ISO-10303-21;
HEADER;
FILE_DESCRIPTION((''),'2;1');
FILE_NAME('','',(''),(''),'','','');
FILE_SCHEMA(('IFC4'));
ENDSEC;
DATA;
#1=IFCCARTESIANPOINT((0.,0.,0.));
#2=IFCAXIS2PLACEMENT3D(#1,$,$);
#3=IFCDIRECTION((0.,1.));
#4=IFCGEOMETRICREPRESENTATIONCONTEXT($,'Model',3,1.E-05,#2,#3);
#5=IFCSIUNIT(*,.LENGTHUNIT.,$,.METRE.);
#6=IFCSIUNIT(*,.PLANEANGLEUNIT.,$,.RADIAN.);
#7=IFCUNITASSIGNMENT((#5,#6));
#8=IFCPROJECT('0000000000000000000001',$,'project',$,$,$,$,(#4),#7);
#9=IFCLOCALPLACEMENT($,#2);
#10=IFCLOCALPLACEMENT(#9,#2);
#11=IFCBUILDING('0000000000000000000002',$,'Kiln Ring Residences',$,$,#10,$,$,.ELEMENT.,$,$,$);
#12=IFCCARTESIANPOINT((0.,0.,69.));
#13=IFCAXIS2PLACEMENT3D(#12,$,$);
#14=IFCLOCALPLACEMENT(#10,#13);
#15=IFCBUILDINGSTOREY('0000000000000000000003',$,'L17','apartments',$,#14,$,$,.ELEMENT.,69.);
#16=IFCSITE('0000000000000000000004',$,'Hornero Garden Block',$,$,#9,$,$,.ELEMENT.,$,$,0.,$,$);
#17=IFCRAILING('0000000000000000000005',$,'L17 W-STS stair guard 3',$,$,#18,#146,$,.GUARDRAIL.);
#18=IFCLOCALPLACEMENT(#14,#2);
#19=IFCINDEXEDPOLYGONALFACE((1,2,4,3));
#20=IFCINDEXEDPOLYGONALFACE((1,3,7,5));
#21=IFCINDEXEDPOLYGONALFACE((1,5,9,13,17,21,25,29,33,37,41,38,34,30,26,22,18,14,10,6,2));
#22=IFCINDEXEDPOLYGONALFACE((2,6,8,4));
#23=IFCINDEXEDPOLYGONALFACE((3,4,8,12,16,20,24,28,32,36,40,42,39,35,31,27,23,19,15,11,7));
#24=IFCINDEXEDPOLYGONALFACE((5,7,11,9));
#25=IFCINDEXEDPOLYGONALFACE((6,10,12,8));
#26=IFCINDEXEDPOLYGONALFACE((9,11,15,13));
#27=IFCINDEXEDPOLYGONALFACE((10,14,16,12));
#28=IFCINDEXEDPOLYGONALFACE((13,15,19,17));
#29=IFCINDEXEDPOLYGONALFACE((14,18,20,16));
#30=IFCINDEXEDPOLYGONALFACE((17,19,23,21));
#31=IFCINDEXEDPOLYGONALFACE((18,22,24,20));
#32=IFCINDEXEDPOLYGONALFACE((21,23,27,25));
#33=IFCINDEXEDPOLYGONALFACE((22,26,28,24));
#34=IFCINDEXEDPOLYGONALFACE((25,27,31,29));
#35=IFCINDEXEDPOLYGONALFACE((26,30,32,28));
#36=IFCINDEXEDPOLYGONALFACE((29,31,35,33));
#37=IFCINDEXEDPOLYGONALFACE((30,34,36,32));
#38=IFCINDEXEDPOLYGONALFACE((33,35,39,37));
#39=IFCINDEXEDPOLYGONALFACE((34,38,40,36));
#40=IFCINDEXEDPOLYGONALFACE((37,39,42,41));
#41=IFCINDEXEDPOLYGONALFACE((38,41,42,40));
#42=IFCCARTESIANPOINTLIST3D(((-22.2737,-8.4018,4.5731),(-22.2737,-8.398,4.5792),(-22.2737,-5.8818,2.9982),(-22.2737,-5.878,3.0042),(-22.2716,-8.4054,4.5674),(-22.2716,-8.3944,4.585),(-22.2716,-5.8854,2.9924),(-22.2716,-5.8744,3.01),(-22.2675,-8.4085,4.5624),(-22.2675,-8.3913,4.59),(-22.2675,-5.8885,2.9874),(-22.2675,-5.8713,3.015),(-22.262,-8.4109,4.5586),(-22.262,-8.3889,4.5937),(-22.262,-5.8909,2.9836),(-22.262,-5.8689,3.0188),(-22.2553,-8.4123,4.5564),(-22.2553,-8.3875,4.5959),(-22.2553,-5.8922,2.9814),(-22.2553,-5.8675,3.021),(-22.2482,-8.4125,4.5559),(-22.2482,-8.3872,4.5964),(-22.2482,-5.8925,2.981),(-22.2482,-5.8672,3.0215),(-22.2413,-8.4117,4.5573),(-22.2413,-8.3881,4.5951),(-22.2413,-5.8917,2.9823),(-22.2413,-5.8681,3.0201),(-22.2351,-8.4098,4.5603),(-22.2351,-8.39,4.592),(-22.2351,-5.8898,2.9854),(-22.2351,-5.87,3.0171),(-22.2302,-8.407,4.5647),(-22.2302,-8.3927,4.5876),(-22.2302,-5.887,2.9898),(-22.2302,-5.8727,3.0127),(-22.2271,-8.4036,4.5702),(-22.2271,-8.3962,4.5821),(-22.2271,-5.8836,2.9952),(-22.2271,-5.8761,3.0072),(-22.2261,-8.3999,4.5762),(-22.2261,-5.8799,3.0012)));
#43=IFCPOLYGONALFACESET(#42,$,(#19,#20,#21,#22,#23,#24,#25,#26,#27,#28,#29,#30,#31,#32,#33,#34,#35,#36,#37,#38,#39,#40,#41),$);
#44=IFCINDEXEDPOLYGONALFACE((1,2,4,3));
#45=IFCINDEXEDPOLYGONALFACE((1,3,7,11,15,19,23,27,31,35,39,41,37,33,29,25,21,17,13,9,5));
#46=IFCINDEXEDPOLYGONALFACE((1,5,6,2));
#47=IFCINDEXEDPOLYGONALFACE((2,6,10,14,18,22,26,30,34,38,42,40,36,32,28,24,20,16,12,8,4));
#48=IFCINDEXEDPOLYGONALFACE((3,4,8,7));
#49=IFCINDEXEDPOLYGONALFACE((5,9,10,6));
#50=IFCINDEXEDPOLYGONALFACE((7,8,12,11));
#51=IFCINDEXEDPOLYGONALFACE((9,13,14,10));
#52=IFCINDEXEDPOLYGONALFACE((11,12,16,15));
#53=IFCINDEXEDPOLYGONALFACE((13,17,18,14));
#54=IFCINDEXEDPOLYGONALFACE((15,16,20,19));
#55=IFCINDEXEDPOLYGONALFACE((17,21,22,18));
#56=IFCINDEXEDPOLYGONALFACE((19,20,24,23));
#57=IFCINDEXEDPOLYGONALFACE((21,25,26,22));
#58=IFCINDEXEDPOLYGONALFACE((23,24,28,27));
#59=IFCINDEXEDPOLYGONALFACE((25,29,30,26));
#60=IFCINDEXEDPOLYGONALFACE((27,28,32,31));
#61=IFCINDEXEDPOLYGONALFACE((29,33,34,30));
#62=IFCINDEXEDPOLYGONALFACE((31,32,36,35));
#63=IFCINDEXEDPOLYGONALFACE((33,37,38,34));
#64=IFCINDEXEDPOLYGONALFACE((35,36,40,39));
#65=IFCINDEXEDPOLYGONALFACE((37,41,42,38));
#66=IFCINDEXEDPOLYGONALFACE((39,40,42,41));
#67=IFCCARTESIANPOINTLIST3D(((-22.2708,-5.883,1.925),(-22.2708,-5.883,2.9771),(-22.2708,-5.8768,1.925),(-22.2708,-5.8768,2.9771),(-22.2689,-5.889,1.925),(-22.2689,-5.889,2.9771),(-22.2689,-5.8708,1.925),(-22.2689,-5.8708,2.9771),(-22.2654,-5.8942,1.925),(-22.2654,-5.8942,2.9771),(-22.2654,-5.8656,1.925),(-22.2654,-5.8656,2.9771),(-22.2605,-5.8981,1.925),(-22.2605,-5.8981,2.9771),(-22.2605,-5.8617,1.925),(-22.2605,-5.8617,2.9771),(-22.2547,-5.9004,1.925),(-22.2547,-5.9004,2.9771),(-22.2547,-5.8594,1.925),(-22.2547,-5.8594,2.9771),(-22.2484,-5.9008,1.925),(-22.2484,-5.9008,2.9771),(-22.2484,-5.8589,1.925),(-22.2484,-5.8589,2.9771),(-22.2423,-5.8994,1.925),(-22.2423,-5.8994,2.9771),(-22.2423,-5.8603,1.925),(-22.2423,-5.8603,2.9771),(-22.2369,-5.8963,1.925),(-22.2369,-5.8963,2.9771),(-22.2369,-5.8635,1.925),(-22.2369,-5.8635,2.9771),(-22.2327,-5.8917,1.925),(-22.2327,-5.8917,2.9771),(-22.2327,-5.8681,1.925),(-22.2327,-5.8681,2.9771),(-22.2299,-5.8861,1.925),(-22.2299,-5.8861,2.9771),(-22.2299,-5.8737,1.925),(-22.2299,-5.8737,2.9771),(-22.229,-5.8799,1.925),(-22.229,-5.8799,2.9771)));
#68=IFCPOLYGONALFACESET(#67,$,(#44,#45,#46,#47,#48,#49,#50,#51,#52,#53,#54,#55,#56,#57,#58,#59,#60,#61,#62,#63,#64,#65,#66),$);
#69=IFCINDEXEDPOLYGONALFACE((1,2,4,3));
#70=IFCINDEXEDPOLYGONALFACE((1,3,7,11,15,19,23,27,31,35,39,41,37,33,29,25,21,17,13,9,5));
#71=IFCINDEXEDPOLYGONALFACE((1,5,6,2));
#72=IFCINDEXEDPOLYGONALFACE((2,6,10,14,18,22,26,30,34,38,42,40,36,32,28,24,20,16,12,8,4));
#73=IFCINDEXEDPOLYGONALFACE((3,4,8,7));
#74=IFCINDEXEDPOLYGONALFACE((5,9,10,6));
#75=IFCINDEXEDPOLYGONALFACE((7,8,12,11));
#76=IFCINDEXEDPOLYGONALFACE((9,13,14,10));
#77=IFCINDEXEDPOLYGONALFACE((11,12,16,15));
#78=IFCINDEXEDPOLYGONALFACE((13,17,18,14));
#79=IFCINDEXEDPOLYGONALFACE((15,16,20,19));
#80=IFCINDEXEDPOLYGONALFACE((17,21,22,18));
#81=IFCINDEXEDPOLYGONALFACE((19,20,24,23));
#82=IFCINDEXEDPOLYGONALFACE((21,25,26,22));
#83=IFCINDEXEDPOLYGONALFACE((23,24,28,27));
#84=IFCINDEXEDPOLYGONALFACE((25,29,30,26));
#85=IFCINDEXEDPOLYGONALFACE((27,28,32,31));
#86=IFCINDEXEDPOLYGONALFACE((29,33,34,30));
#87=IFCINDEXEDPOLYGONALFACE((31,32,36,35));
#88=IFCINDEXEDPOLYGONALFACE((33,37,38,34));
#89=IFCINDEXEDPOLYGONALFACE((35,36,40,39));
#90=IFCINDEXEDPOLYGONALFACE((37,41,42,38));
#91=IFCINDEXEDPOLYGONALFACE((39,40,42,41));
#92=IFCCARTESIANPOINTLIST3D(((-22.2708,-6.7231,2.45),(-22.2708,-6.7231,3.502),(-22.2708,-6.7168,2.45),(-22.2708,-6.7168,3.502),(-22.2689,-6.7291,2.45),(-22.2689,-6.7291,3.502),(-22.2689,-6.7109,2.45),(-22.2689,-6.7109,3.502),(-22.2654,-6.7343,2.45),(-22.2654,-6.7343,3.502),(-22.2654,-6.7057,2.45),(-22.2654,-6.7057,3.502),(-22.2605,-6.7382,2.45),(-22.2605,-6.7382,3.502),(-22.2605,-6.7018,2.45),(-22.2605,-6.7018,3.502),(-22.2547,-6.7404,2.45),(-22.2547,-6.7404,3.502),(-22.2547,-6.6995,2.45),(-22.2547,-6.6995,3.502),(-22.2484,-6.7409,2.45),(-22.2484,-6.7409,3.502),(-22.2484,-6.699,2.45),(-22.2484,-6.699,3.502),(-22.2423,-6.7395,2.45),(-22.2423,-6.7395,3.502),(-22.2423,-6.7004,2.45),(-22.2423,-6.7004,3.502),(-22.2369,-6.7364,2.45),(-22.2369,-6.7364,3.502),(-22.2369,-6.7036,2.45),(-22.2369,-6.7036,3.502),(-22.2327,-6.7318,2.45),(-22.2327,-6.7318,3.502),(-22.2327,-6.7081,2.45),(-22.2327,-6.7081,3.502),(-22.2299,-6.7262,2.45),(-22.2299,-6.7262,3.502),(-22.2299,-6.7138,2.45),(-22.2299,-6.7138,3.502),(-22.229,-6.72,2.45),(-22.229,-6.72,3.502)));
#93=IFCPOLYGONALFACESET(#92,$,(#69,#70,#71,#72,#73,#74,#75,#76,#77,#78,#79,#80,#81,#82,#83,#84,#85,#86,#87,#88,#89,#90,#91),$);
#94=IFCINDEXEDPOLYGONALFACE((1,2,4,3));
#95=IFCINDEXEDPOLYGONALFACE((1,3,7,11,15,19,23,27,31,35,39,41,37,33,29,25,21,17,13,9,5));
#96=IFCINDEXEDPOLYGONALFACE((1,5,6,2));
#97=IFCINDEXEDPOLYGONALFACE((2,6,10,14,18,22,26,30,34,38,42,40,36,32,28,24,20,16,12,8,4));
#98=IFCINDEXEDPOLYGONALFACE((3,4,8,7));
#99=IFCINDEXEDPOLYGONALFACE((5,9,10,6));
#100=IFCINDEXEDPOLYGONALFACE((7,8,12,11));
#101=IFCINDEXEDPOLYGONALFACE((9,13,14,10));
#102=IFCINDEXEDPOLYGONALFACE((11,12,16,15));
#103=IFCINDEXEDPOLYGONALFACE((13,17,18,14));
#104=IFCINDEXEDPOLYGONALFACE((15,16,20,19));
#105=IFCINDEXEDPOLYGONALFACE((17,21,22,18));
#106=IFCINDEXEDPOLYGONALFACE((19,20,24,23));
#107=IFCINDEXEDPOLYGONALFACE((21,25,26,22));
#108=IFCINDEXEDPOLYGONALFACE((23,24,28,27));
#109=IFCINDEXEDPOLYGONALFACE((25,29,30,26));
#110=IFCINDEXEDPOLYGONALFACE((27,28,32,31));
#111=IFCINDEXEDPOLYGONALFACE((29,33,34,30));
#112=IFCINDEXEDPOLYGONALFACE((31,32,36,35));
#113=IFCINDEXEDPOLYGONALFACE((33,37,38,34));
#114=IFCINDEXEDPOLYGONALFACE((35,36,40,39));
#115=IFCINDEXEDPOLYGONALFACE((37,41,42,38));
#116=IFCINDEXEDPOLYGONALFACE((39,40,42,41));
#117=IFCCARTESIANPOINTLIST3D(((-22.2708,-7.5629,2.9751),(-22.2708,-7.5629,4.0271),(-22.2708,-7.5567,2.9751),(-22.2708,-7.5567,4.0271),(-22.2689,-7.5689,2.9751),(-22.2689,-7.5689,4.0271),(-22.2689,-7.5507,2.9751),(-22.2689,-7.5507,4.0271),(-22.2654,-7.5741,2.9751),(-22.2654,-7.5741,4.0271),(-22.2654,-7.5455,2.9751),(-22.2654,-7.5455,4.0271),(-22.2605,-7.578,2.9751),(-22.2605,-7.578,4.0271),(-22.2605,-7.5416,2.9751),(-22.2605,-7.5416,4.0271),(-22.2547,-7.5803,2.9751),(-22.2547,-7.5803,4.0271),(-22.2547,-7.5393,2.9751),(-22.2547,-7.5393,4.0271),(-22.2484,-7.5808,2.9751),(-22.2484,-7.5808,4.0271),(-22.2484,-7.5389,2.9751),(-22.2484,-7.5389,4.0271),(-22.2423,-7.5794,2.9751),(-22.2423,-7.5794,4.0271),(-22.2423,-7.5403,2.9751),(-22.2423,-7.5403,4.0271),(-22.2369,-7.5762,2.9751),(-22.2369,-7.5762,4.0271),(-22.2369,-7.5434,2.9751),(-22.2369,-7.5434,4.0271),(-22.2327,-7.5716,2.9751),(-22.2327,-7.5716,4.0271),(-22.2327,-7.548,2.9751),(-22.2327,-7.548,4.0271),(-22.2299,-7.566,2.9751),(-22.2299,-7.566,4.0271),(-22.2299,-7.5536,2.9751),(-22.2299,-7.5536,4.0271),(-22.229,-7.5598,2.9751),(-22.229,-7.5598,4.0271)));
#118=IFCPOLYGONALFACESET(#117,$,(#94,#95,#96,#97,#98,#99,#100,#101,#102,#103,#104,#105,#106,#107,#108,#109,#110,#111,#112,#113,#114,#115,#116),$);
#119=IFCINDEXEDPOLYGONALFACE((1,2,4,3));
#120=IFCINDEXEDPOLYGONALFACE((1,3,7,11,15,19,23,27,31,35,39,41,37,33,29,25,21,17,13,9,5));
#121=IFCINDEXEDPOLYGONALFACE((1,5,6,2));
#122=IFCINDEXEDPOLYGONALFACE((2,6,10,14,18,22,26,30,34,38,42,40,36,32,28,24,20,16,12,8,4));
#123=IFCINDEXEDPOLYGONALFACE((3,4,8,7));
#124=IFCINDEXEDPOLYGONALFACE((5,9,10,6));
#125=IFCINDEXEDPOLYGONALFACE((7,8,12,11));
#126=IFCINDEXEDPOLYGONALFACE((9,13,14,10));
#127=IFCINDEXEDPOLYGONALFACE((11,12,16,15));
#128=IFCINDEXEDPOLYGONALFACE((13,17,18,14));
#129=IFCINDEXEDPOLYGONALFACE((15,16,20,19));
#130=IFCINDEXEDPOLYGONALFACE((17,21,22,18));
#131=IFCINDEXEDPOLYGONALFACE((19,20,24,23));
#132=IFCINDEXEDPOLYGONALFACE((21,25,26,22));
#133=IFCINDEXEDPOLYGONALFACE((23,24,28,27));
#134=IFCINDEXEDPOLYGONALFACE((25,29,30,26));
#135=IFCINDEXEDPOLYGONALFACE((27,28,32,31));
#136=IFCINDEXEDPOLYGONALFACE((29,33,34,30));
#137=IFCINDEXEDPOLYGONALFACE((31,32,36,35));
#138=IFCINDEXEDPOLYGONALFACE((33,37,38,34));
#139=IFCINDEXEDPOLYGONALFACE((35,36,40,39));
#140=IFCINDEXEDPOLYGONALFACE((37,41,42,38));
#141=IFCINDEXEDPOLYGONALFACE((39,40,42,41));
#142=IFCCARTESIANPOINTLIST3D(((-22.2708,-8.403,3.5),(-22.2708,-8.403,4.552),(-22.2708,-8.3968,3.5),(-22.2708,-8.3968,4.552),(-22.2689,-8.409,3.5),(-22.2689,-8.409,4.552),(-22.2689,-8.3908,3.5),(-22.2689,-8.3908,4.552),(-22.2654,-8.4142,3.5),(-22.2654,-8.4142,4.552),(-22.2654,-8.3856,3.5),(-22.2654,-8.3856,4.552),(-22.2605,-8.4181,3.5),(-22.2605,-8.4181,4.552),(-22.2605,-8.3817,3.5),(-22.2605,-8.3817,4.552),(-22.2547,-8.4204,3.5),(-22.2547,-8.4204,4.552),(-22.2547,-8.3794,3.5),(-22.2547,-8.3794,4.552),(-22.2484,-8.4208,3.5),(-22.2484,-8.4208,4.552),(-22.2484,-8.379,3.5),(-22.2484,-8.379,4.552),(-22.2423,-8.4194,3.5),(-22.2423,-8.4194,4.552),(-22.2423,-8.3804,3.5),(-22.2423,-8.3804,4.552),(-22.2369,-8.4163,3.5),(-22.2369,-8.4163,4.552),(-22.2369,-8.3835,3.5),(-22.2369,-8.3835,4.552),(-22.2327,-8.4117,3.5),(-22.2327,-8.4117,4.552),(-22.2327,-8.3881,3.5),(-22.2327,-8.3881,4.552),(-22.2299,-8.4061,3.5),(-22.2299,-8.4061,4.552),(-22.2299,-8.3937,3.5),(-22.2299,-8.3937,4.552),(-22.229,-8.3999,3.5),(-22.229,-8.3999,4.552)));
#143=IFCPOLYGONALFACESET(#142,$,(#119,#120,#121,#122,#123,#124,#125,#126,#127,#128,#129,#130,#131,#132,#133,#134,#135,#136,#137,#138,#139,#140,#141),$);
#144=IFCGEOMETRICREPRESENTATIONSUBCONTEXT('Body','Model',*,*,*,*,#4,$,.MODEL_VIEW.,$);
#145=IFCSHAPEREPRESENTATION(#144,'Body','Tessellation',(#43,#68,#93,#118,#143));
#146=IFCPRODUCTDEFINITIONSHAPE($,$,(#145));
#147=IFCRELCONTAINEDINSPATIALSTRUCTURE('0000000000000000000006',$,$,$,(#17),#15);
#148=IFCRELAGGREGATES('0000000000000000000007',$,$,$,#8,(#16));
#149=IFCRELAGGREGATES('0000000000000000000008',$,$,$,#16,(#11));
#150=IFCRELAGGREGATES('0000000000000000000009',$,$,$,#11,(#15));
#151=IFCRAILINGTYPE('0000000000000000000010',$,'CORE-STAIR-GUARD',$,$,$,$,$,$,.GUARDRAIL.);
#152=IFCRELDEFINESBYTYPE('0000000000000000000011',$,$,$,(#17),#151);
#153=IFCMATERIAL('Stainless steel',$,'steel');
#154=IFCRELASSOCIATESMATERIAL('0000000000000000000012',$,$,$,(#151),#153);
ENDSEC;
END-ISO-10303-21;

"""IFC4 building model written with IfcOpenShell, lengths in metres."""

from ifc_helpers import new_model, si_unit, direction, frame, origin, origin_2d, place, context, subcontext, project, spatial, circle, extrude, material, type_object, element, save


model = new_model("IFC4")

# Units and contexts
model_context = context("Model", 3, precision=1e-05, world=origin(), true_north=direction((0.0, 1.0)))
body_context = subcontext(model_context, "Body", "Model", "MODEL_VIEW")
ifc_project = project(units=[si_unit("LENGTHUNIT", "METRE"), si_unit("PLANEANGLEUNIT", "RADIAN")], contexts=[model_context])

# Site, building, storey
site_placement = place(None, origin())
site = spatial("IfcSite", under=ifc_project, at=site_placement, Name="Hornero Garden Block", CompositionType="ELEMENT", RefElevation=0.0)
building_placement = place(site_placement, origin())
building = spatial("IfcBuilding", under=site, at=building_placement, Name="Kiln Ring Residences", CompositionType="ELEMENT")
storey_placement = place(building_placement, frame((0.0, 0.0, 69.0)))
storey = spatial("IfcBuildingStorey", under=building, at=storey_placement, Name="L17", Description="apartments", CompositionType="ELEMENT", Elevation=69.0)

# Railing
ifc_material_1 = material(Name="Stainless steel", Category="steel")
railing_type_1 = type_object("IfcRailingType", Name="CORE-STAIR-GUARD", PredefinedType="GUARDRAIL", material=ifc_material_1)
railing_1_placement = place(storey_placement, frame((-22.25, -5.8799, 1.925)))
element("IfcRailing", 1, at=railing_1_placement, inside=storey, type_object=railing_type_1, Name="L17 W-STS stair guard 3", PredefinedType="GUARDRAIL", context=body_context, shape_type="SweptSolid", body=[
    extrude(circle(Radius=0.0239, at=origin_2d()), frame((0.0, 0.0, 1.0762), z_axis=(0.0, -0.848008, 0.529984), x_axis=(1.0, 0.0, 0.0)), (0.0, 0.0, 1.0), 2.9717),
    extrude(circle(Radius=0.021, at=origin_2d()), origin(), (0.0, 0.0, 1.0), 1.052),
    extrude(circle(Radius=0.021, at=origin_2d()), frame((0.0, -0.8401, 0.5249)), (0.0, 0.0, 1.0), 1.052),
    extrude(circle(Radius=0.021, at=origin_2d()), frame((0.0, -1.6799, 1.05)), (0.0, 0.0, 1.0), 1.052),
    extrude(circle(Radius=0.021, at=origin_2d()), frame((0.0, -2.52, 1.575)), (0.0, 0.0, 1.0), 1.052),
])

save(model, "model.ifc")
